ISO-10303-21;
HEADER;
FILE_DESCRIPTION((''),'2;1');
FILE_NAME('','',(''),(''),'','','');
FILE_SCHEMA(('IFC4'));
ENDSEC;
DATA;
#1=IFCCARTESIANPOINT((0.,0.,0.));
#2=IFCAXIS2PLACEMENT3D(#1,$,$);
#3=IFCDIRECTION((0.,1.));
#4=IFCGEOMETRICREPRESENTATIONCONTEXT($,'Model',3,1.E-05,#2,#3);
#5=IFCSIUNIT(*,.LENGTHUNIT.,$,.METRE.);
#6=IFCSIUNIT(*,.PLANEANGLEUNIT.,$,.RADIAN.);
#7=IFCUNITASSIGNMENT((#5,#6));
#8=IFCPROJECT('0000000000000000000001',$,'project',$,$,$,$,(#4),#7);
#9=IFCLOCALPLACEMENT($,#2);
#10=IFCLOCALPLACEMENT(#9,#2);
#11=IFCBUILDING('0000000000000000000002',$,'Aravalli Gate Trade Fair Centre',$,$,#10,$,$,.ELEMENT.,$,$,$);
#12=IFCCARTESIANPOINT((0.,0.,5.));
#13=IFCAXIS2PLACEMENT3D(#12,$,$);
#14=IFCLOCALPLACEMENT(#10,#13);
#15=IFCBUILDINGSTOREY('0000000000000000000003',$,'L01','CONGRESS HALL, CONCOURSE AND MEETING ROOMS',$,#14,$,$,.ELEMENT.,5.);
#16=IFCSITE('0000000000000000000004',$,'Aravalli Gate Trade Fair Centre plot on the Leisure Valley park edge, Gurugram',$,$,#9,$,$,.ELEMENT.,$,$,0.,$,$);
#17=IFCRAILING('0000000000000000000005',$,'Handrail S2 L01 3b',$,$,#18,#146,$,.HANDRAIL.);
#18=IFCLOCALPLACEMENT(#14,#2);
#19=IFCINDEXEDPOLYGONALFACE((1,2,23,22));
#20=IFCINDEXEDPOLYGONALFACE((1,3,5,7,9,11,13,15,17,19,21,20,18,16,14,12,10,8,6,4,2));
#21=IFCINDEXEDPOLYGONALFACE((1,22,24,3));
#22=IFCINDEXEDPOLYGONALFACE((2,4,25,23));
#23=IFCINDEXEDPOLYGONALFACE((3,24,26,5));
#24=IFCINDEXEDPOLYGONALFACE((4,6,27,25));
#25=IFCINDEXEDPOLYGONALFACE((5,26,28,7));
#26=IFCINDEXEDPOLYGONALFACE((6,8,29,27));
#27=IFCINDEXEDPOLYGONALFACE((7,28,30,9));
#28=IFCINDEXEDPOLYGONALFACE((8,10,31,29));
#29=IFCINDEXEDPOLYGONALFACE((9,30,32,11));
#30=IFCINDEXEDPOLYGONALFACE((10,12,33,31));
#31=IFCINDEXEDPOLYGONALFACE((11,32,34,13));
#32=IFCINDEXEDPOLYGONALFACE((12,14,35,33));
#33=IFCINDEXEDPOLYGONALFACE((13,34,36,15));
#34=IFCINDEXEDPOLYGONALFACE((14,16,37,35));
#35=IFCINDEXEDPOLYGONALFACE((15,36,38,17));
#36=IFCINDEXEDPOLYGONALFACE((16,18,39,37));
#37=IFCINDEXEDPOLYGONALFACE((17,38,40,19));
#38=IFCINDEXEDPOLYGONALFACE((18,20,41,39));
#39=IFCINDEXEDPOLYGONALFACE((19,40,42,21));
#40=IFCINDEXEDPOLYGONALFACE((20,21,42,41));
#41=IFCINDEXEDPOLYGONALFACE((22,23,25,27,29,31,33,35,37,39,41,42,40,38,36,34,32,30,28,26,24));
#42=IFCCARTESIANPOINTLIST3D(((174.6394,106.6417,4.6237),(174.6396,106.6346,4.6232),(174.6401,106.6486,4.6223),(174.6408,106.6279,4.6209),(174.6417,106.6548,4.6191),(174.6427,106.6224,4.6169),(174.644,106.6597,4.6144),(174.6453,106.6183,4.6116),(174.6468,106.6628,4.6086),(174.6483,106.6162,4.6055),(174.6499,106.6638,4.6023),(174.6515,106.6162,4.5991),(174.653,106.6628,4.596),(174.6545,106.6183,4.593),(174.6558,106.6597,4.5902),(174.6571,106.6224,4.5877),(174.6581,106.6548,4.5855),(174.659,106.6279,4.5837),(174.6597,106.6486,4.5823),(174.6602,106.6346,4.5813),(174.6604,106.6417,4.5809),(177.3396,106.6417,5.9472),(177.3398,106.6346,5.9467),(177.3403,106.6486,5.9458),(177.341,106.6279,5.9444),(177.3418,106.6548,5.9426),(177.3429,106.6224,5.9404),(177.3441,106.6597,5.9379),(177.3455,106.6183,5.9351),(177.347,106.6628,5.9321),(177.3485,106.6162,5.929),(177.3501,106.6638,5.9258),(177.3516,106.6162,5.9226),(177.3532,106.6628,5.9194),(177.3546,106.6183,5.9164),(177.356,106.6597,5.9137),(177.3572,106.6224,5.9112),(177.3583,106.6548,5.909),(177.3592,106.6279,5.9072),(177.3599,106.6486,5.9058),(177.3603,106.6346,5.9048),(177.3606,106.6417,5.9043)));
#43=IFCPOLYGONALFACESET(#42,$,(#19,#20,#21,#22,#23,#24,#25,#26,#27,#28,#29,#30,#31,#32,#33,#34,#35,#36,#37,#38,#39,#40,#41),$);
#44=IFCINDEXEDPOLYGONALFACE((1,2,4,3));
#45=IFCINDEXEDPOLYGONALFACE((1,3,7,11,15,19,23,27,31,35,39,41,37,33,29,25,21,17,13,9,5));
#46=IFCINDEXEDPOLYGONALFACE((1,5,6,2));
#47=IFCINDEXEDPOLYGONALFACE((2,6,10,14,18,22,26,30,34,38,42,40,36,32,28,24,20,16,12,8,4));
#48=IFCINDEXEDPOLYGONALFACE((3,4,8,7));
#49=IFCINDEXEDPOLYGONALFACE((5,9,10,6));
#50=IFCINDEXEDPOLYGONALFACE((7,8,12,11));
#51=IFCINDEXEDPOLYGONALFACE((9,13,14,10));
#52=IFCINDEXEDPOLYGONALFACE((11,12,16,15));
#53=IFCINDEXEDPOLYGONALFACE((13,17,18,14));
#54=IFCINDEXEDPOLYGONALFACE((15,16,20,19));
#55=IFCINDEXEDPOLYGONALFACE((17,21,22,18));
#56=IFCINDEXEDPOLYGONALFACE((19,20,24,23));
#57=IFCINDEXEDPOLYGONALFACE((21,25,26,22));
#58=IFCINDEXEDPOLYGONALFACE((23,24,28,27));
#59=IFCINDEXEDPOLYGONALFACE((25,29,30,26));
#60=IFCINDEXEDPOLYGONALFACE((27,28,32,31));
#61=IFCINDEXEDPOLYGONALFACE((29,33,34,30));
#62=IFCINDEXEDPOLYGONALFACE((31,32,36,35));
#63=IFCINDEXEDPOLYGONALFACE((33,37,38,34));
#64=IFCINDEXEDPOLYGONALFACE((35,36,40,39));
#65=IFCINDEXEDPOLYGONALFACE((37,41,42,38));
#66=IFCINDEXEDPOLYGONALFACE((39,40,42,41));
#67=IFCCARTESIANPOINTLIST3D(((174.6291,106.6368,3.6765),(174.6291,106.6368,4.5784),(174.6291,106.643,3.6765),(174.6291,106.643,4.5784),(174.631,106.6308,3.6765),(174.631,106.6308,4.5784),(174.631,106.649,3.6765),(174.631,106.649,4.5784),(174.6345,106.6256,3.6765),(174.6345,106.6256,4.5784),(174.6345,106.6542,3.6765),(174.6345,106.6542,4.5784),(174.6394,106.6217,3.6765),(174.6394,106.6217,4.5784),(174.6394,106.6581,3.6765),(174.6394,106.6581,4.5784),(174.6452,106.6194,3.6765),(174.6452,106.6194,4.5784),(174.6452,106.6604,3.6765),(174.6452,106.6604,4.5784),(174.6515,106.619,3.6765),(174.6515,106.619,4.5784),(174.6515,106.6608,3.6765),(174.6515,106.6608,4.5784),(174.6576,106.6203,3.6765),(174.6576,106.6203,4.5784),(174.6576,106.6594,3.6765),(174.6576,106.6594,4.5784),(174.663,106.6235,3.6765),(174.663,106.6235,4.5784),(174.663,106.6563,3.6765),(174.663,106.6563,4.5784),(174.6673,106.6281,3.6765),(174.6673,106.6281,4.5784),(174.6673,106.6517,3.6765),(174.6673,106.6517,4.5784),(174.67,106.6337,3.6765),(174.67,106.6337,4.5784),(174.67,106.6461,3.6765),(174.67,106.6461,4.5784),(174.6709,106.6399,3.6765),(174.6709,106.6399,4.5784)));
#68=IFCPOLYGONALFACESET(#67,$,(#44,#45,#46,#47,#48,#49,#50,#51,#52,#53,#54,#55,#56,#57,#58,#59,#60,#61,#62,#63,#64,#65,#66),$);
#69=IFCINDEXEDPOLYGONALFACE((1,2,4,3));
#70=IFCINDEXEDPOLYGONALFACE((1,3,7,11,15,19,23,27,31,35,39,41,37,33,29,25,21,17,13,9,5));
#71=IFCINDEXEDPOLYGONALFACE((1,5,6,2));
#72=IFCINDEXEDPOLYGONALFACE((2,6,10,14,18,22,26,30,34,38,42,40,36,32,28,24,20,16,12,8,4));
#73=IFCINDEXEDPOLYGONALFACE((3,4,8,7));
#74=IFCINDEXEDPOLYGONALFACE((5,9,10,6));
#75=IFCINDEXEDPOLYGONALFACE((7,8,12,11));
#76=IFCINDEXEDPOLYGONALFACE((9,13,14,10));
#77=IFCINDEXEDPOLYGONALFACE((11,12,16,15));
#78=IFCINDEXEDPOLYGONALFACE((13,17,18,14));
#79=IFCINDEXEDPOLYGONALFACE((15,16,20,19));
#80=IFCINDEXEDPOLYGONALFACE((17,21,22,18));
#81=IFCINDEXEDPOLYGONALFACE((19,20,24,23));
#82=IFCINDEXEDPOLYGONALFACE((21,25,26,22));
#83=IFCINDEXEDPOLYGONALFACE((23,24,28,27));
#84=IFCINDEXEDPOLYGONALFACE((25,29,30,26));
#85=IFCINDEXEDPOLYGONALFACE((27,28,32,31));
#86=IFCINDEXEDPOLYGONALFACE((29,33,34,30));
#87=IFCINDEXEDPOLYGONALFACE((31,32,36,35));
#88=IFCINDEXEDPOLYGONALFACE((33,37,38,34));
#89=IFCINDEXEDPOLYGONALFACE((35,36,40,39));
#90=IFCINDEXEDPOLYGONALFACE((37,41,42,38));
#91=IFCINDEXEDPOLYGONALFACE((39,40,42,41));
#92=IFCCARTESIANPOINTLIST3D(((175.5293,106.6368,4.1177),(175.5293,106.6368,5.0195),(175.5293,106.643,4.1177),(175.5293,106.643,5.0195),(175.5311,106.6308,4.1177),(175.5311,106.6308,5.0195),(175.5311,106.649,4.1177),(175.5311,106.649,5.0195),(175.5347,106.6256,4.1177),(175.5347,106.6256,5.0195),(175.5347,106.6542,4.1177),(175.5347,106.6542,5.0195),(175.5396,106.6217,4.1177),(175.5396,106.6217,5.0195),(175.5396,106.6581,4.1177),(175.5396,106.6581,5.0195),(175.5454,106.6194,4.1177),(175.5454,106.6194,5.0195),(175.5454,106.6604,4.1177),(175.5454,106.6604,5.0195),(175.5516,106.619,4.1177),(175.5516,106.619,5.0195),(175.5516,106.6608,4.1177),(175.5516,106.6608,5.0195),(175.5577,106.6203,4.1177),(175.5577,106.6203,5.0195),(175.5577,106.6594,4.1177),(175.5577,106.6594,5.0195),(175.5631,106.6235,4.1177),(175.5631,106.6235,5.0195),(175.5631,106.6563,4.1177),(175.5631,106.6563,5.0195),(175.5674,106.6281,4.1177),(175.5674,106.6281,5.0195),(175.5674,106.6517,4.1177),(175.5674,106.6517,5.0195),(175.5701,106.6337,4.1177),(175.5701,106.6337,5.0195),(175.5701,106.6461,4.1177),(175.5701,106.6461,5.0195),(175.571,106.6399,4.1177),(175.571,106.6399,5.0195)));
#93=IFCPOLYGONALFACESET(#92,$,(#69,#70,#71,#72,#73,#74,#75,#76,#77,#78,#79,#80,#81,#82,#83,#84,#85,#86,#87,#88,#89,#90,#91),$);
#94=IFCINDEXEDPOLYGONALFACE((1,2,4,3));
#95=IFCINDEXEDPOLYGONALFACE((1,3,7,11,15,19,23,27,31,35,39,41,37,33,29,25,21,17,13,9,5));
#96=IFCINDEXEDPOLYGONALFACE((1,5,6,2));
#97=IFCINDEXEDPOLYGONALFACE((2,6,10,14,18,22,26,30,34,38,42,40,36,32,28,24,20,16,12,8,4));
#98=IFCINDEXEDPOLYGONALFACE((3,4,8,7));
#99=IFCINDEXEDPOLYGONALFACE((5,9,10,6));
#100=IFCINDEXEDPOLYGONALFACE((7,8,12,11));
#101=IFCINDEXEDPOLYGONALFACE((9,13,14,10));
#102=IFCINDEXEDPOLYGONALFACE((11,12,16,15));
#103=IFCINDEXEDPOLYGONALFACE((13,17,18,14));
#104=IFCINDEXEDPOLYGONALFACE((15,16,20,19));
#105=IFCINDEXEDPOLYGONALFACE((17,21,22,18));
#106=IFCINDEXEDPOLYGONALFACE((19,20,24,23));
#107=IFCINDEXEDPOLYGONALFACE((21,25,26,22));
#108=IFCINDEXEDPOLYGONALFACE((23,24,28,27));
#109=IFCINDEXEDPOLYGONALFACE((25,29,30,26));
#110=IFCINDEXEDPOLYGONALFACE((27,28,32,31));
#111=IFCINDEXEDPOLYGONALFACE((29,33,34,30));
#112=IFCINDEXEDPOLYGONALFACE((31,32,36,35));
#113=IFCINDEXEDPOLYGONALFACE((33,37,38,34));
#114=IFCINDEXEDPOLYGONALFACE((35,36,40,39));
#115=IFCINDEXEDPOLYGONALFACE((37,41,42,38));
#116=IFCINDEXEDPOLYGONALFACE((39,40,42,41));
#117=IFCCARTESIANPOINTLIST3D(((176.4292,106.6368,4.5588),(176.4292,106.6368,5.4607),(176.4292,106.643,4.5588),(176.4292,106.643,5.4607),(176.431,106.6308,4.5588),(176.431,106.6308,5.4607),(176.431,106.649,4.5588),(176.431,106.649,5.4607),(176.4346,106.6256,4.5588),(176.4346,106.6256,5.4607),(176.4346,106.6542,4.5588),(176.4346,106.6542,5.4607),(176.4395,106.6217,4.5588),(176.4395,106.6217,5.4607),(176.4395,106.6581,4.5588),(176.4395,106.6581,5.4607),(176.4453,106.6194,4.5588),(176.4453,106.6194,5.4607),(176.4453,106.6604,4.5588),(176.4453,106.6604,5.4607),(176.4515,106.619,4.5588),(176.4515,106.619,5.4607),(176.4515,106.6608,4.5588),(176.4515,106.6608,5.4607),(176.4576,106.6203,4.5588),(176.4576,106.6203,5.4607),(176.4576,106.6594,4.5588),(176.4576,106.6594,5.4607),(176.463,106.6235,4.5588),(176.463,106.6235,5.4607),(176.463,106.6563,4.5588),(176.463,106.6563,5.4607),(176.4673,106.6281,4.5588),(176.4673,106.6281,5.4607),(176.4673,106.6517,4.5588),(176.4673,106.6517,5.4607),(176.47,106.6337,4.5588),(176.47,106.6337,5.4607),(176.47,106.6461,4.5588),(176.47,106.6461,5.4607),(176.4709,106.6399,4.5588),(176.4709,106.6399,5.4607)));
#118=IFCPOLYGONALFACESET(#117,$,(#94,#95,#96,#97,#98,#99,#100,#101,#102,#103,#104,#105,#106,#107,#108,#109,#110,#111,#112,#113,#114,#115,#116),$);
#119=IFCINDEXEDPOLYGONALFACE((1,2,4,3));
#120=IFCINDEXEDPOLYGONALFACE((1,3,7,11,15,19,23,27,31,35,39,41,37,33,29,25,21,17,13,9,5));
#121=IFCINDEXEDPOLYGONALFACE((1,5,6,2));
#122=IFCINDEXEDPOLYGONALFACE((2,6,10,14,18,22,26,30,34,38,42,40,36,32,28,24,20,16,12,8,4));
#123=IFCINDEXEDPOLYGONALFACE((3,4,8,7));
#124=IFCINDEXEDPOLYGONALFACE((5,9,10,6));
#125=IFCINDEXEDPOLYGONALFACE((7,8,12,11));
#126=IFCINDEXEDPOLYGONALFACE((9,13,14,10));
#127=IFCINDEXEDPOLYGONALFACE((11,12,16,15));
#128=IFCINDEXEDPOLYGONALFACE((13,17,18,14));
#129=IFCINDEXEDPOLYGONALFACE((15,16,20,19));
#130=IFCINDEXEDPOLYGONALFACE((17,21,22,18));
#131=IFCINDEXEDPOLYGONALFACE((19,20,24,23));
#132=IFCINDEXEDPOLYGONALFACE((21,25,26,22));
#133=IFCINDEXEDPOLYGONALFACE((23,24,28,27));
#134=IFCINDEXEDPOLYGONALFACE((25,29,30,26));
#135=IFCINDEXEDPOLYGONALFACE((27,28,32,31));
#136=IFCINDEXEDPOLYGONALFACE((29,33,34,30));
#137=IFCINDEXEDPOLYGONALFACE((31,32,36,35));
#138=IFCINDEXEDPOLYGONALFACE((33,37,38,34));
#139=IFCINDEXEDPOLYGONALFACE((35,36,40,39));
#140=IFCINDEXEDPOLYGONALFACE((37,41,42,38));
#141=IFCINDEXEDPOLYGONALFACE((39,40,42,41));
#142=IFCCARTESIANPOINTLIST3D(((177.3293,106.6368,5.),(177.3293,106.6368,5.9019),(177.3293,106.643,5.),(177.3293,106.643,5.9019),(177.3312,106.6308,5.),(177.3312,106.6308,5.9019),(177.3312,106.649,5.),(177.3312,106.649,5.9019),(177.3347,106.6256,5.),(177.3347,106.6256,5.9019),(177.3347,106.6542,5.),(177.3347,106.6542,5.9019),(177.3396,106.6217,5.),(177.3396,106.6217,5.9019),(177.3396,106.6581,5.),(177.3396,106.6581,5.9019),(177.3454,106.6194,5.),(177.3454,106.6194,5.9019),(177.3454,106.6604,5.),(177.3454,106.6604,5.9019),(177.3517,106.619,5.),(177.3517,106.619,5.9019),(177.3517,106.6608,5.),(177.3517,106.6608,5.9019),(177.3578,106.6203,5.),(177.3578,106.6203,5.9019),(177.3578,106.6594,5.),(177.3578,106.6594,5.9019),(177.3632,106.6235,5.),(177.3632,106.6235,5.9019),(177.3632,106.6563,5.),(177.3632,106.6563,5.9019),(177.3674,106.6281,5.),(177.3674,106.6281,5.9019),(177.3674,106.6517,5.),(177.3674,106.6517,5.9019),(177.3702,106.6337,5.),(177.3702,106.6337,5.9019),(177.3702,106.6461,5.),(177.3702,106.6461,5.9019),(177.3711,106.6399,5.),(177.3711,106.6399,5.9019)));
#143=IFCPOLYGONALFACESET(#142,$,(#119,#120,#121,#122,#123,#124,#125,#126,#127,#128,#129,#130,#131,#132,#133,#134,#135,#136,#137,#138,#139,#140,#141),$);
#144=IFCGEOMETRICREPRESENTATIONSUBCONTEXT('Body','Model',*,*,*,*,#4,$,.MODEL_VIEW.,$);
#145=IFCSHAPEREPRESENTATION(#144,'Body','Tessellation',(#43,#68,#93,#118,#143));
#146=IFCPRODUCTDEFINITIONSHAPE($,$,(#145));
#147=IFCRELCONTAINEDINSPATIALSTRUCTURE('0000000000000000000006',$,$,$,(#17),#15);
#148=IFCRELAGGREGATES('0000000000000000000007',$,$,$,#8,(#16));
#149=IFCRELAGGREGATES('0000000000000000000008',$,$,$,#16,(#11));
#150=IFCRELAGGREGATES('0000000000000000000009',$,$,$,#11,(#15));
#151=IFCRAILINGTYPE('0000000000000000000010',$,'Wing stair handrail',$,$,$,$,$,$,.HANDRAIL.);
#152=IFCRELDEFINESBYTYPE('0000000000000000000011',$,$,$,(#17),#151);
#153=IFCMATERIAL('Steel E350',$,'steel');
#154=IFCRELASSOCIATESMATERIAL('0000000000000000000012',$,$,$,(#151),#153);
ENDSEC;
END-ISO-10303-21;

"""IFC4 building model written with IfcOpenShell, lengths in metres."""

from ifc_helpers import new_model, si_unit, direction, frame, origin, origin_2d, place, context, subcontext, project, spatial, circle, extrude, material, type_object, element, save


model = new_model("IFC4")

# Units and contexts
model_context = context("Model", 3, precision=1e-05, world=origin(), true_north=direction((0.0, 1.0)))
body_context = subcontext(model_context, "Body", "Model", "MODEL_VIEW")
ifc_project = project(units=[si_unit("LENGTHUNIT", "METRE"), si_unit("PLANEANGLEUNIT", "RADIAN")], contexts=[model_context])

# Site, building, storey
site_placement = place(None, origin())
site = spatial("IfcSite", under=ifc_project, at=site_placement, Name="Aravalli Gate Trade Fair Centre plot on the Leisure Valley park edge, Gurugram", CompositionType="ELEMENT", RefElevation=0.0)
building_placement = place(site_placement, origin())
building = spatial("IfcBuilding", under=site, at=building_placement, Name="Aravalli Gate Trade Fair Centre", CompositionType="ELEMENT")
storey_placement = place(building_placement, frame((0.0, 0.0, 5.0)))
storey = spatial("IfcBuildingStorey", under=building, at=storey_placement, Name="L01", Description="CONGRESS HALL, CONCOURSE AND MEETING ROOMS", CompositionType="ELEMENT", Elevation=5.0)

# Railing
ifc_material_1 = material(Name="Steel E350", Category="steel")
railing_type_1 = type_object("IfcRailingType", Name="Wing stair handrail", PredefinedType="HANDRAIL", material=ifc_material_1)
for number, where, name in (
    (1, (174.6499, 106.6399, 3.6765), "Handrail S2 L01 3b"),
):
    element("IfcRailing", number, at=place(storey_placement, frame(where)), inside=storey, type_object=railing_type_1, Name=name, PredefinedType="HANDRAIL", context=body_context, shape_type="SweptSolid", body=[
        extrude(circle(Radius=0.0239, at=origin_2d()), frame((0.0, 0.0, 0.9258), z_axis=(0.897939, 0.0, 0.44012), x_axis=(0.0, 1.0, 0.0)), (0.0, 0.0, 1.0), 3.0071),
        extrude(circle(Radius=0.021, at=origin_2d()), origin(), (0.0, 0.0, 1.0), 0.9019),
        extrude(circle(Radius=0.021, at=origin_2d()), frame((0.9001, 0.0, 0.4412)), (0.0, 0.0, 1.0), 0.9019),
        extrude(circle(Radius=0.021, at=origin_2d()), frame((1.8, 0.0, 0.8823)), (0.0, 0.0, 1.0), 0.9019),
        extrude(circle(Radius=0.021, at=origin_2d()), frame((2.7002, 0.0, 1.3235)), (0.0, 0.0, 1.0), 0.9019),
    ])

save(model, "model.ifc")
